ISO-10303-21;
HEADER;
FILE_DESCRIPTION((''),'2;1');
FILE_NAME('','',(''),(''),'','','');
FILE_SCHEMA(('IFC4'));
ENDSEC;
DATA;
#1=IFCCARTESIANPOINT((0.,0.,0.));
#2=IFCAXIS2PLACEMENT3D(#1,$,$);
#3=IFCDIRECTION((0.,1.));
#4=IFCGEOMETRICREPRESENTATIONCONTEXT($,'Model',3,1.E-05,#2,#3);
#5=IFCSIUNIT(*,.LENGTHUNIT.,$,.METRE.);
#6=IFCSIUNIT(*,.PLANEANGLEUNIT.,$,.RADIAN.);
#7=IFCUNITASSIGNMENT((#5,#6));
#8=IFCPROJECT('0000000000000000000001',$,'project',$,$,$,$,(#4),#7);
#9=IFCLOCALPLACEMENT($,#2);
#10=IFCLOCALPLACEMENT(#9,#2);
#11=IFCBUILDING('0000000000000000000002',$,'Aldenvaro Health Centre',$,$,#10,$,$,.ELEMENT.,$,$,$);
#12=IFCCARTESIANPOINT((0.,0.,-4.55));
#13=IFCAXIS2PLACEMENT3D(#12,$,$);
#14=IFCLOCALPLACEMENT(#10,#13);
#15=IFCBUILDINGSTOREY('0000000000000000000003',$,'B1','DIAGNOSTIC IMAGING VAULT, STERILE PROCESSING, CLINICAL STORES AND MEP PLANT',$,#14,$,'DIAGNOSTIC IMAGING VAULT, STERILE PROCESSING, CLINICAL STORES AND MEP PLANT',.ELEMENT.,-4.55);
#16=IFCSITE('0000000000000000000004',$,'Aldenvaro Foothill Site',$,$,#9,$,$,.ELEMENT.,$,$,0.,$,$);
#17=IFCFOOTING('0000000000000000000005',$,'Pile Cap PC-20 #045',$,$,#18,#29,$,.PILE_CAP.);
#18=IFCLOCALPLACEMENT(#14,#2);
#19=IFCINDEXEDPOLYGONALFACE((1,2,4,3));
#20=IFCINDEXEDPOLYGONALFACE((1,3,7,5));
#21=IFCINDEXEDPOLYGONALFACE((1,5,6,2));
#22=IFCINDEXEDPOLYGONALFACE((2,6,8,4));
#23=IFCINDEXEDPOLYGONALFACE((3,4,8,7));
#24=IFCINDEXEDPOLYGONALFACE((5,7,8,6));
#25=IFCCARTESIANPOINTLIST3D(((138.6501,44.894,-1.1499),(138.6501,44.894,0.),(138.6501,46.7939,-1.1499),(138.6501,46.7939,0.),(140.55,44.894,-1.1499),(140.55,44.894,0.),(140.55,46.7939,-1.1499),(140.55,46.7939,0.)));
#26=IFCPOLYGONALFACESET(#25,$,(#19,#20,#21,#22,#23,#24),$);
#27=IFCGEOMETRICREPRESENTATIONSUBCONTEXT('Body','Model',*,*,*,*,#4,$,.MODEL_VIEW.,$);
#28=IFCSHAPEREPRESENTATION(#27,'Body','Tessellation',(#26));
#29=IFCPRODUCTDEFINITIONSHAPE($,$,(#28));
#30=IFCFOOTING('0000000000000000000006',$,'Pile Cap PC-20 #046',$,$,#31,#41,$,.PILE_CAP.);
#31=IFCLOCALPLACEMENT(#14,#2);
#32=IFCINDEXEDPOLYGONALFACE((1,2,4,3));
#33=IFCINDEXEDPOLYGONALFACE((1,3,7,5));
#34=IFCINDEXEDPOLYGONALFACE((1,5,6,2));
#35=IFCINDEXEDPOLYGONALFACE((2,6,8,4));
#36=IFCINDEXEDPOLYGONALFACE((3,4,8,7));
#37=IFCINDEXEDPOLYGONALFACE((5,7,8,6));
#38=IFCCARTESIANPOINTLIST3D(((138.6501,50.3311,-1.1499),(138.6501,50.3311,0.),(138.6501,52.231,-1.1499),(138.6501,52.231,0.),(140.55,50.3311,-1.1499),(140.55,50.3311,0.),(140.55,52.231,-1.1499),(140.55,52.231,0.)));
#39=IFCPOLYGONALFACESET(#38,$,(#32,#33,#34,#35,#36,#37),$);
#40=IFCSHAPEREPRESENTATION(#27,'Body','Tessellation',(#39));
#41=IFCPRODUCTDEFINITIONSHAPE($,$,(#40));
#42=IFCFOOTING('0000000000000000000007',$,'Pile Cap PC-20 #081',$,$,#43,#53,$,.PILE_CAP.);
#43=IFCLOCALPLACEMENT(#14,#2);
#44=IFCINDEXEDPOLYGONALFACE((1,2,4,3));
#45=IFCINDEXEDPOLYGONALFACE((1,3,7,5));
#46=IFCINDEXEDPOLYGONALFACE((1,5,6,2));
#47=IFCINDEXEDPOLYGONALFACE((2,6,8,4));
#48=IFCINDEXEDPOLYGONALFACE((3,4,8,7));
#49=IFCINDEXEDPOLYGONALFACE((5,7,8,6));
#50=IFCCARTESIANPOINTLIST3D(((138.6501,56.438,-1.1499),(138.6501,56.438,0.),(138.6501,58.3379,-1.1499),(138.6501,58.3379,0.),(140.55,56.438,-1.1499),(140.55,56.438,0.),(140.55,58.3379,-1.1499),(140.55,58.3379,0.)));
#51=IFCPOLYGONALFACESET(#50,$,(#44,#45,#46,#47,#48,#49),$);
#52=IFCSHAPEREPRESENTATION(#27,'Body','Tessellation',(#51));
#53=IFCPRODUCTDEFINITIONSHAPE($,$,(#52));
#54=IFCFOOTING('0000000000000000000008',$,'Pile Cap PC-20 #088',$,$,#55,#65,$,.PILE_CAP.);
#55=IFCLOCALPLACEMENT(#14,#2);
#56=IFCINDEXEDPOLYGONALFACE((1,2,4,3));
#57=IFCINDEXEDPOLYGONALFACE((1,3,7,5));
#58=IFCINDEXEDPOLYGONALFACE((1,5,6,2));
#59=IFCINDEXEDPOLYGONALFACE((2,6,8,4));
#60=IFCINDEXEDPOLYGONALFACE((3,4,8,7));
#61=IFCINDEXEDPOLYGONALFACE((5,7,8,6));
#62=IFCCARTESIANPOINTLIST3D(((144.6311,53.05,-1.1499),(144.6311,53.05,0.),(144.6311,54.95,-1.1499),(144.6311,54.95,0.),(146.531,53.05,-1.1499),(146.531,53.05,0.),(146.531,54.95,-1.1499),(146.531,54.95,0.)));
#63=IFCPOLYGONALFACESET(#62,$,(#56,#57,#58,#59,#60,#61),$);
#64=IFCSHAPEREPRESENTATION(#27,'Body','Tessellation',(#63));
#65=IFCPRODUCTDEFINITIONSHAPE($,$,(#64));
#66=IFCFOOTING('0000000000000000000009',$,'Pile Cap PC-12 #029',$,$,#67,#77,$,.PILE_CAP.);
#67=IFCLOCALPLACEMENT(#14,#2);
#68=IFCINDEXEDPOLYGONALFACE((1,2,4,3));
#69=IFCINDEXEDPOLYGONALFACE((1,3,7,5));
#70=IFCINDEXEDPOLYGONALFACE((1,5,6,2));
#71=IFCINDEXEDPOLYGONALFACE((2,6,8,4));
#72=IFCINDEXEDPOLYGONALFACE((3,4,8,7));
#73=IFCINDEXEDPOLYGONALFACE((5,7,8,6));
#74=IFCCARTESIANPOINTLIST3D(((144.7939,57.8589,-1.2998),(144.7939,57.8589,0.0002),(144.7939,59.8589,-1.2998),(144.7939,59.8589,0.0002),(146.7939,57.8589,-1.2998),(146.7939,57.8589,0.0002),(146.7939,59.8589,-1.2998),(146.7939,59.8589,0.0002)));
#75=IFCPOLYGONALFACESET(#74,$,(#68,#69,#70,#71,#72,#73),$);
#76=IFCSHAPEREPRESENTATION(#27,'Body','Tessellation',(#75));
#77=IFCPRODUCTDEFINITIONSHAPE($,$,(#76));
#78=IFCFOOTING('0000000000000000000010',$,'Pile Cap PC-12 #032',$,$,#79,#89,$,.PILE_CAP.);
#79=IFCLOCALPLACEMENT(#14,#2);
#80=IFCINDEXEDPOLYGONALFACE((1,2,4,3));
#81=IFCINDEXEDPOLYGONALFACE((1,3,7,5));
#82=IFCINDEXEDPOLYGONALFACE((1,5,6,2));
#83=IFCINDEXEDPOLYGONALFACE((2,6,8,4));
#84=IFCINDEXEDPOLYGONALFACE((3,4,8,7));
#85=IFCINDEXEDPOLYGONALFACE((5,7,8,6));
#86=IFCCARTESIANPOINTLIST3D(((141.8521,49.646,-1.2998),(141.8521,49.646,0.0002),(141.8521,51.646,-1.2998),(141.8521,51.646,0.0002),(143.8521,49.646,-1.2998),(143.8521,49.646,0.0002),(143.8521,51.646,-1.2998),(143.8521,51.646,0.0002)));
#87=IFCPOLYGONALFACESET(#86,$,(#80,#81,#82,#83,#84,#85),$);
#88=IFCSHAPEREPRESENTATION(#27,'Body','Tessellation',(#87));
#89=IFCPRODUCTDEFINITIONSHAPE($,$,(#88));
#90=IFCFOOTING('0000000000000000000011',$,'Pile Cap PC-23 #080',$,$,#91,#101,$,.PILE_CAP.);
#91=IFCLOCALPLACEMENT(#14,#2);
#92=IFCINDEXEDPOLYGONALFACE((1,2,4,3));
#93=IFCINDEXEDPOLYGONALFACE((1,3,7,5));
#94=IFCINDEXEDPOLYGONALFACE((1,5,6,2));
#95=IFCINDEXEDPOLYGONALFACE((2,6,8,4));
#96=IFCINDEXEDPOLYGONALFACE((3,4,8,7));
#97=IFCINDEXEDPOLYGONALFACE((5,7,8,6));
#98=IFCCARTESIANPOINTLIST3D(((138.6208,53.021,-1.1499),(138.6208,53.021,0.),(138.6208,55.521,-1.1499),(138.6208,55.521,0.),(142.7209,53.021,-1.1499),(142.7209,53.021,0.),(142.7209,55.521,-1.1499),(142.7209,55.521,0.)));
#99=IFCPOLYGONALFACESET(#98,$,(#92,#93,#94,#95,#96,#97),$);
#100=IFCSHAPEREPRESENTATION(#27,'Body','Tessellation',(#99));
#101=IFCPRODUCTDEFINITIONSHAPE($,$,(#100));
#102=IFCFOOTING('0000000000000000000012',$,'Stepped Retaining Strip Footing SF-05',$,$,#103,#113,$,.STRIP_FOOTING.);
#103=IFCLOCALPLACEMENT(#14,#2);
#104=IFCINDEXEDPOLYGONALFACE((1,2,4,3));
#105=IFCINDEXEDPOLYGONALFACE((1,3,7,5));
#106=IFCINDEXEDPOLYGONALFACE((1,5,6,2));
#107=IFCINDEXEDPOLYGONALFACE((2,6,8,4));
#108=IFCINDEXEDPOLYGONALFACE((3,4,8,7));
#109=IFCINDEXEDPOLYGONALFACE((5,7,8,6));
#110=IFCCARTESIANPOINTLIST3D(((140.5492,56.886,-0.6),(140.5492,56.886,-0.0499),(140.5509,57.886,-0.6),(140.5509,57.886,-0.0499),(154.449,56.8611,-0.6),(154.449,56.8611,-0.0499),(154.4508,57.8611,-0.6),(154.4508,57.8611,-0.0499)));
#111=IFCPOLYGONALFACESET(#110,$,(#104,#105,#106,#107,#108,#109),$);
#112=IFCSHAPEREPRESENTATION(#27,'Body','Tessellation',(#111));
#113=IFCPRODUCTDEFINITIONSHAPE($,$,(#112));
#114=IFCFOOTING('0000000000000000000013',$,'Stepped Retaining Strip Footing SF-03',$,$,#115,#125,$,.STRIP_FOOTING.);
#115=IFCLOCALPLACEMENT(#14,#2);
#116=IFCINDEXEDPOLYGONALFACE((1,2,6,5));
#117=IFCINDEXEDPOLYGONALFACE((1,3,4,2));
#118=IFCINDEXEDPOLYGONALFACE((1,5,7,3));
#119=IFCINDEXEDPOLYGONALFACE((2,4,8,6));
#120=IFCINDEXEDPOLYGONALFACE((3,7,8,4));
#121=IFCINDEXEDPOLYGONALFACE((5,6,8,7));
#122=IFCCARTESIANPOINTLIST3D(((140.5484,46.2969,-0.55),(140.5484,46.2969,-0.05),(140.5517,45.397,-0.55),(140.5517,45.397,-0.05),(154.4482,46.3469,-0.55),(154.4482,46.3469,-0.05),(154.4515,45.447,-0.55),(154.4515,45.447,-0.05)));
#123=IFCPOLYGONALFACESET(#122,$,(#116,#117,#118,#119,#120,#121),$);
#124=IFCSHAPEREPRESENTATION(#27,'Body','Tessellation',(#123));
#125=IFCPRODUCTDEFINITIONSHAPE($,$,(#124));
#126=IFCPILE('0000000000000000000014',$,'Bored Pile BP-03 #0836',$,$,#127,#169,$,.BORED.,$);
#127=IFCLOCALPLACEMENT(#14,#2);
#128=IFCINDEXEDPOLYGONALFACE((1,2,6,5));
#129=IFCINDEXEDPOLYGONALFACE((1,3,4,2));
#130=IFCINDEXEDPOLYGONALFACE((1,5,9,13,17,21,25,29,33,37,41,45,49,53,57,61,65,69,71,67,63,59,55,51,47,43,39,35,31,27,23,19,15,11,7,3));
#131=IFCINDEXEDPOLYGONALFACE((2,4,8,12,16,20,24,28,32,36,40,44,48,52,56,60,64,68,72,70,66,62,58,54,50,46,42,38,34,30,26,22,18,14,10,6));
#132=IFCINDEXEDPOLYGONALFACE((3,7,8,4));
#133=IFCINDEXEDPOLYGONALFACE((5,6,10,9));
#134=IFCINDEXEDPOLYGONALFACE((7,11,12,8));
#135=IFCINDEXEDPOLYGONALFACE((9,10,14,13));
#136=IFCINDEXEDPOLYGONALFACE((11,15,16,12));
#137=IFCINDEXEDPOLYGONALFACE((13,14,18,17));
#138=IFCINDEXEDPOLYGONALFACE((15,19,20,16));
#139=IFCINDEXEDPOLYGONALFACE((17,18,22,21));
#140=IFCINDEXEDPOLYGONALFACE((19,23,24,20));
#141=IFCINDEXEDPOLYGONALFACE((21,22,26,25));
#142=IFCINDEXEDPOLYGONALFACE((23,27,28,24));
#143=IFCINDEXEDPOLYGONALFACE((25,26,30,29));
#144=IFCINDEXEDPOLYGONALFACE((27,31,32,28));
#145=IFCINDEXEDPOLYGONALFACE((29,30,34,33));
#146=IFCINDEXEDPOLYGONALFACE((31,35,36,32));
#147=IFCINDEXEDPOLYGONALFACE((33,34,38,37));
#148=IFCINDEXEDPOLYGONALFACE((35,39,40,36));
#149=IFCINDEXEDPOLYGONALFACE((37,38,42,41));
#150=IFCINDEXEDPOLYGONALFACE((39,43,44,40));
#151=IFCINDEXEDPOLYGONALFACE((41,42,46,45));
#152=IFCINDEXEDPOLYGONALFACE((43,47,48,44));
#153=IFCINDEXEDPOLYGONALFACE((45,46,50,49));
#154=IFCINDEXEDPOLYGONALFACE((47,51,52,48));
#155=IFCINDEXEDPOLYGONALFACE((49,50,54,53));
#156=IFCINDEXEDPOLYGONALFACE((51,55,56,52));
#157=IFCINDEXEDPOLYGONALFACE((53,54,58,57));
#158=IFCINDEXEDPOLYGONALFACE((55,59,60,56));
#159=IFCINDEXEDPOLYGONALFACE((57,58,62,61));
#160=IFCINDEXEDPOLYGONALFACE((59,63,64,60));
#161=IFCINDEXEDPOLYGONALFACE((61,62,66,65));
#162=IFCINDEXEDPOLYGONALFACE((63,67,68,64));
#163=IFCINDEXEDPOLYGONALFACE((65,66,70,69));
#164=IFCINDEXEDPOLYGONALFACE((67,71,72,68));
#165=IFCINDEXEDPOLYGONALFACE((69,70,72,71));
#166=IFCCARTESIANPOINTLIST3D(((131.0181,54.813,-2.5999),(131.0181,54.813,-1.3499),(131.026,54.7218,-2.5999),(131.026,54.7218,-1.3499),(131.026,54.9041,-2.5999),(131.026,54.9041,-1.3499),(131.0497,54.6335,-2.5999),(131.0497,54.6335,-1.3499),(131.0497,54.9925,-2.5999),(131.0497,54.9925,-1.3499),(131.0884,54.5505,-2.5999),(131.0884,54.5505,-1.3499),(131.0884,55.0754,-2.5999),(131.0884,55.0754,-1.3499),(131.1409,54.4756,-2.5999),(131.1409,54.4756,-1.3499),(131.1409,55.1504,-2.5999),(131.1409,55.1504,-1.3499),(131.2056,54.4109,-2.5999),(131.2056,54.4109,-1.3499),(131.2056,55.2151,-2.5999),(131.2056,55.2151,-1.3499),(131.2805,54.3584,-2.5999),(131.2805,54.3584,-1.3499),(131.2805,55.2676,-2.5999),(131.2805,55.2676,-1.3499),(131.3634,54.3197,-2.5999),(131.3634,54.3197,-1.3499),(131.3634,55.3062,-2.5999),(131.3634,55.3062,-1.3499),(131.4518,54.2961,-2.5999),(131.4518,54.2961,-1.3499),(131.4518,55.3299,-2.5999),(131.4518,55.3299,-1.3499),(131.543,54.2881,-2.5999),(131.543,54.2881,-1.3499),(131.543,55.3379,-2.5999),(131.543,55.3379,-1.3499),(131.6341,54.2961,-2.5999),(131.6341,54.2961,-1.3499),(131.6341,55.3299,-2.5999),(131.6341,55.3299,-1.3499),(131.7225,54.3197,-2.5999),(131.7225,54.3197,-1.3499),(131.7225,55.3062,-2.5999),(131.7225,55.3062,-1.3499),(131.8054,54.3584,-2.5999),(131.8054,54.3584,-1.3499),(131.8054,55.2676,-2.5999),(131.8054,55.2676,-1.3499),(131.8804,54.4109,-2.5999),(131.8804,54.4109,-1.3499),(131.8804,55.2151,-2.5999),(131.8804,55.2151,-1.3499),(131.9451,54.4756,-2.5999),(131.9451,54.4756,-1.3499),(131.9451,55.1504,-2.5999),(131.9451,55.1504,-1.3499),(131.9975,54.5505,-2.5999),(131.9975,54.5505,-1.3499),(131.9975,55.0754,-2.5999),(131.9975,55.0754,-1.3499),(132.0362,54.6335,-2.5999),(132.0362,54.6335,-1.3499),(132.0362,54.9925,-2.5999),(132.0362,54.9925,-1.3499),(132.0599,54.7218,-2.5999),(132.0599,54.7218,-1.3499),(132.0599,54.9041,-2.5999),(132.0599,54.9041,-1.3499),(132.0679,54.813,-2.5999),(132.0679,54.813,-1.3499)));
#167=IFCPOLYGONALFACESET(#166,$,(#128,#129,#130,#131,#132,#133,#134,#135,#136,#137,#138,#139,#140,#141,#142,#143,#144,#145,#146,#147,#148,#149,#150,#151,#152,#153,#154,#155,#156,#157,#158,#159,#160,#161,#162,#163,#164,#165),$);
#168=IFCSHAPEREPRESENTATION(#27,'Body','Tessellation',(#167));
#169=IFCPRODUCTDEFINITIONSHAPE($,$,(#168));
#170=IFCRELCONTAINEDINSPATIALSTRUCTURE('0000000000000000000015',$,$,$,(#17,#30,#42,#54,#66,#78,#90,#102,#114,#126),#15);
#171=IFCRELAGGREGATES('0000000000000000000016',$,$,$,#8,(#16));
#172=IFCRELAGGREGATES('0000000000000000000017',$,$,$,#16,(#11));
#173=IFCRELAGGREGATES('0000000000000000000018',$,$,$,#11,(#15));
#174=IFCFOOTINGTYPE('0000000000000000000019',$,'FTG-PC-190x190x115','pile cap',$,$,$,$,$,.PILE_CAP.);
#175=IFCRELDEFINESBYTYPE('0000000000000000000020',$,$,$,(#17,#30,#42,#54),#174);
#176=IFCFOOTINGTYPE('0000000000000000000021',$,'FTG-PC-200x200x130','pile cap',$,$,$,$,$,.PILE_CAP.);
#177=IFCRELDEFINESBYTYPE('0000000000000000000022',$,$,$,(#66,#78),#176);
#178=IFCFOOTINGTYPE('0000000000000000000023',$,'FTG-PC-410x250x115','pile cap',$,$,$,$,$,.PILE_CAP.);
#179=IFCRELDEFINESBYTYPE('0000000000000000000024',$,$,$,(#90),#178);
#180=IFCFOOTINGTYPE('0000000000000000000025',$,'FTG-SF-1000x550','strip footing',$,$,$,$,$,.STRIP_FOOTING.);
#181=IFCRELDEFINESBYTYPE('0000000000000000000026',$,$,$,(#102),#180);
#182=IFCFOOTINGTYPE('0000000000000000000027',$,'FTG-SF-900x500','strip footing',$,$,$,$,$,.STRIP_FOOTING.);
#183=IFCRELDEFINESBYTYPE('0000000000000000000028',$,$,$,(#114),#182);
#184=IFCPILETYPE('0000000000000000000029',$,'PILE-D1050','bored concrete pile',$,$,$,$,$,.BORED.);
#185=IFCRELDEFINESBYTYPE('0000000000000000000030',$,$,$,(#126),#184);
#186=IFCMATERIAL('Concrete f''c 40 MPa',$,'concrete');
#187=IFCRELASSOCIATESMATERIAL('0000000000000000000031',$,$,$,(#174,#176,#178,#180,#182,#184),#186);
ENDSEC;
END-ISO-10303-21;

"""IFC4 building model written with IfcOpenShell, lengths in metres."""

from ifc_helpers import new_model, si_unit, direction, frame, origin, origin_2d, place, context, subcontext, project, spatial, rectangle, circle, extrude, material, material_profile, profile_set, type_object, element, save


model = new_model("IFC4")

# Units and contexts
model_context = context("Model", 3, precision=1e-05, world=origin(), true_north=direction((0.0, 1.0)))
body_context = subcontext(model_context, "Body", "Model", "MODEL_VIEW")
ifc_project = project(units=[si_unit("LENGTHUNIT", "METRE"), si_unit("PLANEANGLEUNIT", "RADIAN")], contexts=[model_context])

# Site, building, storey
site_placement = place(None, origin())
site = spatial("IfcSite", under=ifc_project, at=site_placement, Name="Aldenvaro Foothill Site", CompositionType="ELEMENT", RefElevation=0.0)
building_placement = place(site_placement, origin())
building = spatial("IfcBuilding", under=site, at=building_placement, Name="Aldenvaro Health Centre", CompositionType="ELEMENT")
storey_placement = place(building_placement, frame((0.0, 0.0, -4.55)))
storey = spatial("IfcBuildingStorey", under=building, at=storey_placement, Name="B1", Description="DIAGNOSTIC IMAGING VAULT, STERILE PROCESSING, CLINICAL STORES AND MEP PLANT", LongName="DIAGNOSTIC IMAGING VAULT, STERILE PROCESSING, CLINICAL STORES AND MEP PLANT", CompositionType="ELEMENT", Elevation=-4.55)

# Footings
ifc_material_1 = material(Name="Concrete f'c 40 MPa", Category="concrete")
footing_type_1 = type_object("IfcFootingType", Name="FTG-PC-190x190x115", Description="pile cap", PredefinedType="PILE_CAP", material=ifc_material_1)
for number, where, z_axis, x_axis, name in (
    (1, (139.6001, 45.844, -1.1499), (0.0, 0.0, 1.0), (1.0, 0.0, 0.0), "Pile Cap PC-20 #045"),
    (2, (139.6001, 51.281, -1.1499), (0.0, 0.0, 1.0), (1.0, 0.0, 0.0), "Pile Cap PC-20 #046"),
    (3, (139.6001, 57.3879, -1.1499), (0.0, 0.0, 1.0), (1.0, 0.0, 0.0), "Pile Cap PC-20 #081"),
    (4, (145.5811, 54.0, -1.1499), (0.0, 0.0, 1.0), (1.0, 0.0, 0.0), "Pile Cap PC-20 #088"),
):
    element("IfcFooting", number, at=place(storey_placement, frame(where, z_axis=z_axis, x_axis=x_axis)), inside=storey, type_object=footing_type_1, Name=name, PredefinedType="PILE_CAP", context=body_context, shape_type="SweptSolid", body=[
        extrude(rectangle(XDim=1.8999, YDim=1.8999, at=origin_2d()), origin(), (0.0, 0.0, 1.0), 1.1499),
    ])
footing_type_2 = type_object("IfcFootingType", Name="FTG-PC-200x200x130", Description="pile cap", PredefinedType="PILE_CAP", material=ifc_material_1)
for number, where, z_axis, x_axis, name in (
    (5, (145.7939, 58.8589, -1.2998), (0.0, 0.0, 1.0), (1.0, 0.0, 0.0), "Pile Cap PC-12 #029"),
    (6, (142.8521, 50.646, -1.2998), (0.0, 0.0, 1.0), (1.0, 0.0, 0.0), "Pile Cap PC-12 #032"),
):
    element("IfcFooting", number, at=place(storey_placement, frame(where, z_axis=z_axis, x_axis=x_axis)), inside=storey, type_object=footing_type_2, Name=name, PredefinedType="PILE_CAP", context=body_context, shape_type="SweptSolid", body=[
        extrude(rectangle(XDim=2.0, YDim=2.0, at=origin_2d()), origin(), (0.0, 0.0, 1.0), 1.3),
    ])
footing_type_3 = type_object("IfcFootingType", Name="FTG-PC-410x250x115", Description="pile cap", PredefinedType="PILE_CAP", material=ifc_material_1)
footing_1_placement = place(storey_placement, frame((140.6709, 54.271, -1.1499), z_axis=(0.0, 0.0, 1.0), x_axis=(1.0, 0.0, 0.0)))
element("IfcFooting", 7, at=footing_1_placement, inside=storey, type_object=footing_type_3, Name="Pile Cap PC-23 #080", PredefinedType="PILE_CAP", context=body_context, shape_type="SweptSolid", body=[
    extrude(rectangle(XDim=4.1001, YDim=2.5, at=origin_2d()), origin(), (0.0, 0.0, 1.0), 1.1499),
])
ifc_material_profile_1 = material_profile(ifc_material_1, rectangle(XDim=1.0, YDim=0.55, at=origin_2d()), Name="SF 1000x550", Category="concrete")
ifc_profile_set_1 = profile_set([ifc_material_profile_1], Name="Concrete f'c 40 MPa")
footing_type_4 = type_object("IfcFootingType", Name="FTG-SF-1000x550", Description="strip footing", PredefinedType="STRIP_FOOTING", material=ifc_profile_set_1)
footing_2_placement = place(storey_placement, frame((140.55, 57.386, -0.325), z_axis=(0.999998, -0.001792, 0.0), x_axis=(0.001792, 0.999998, 0.0)))
element("IfcFooting", 8, at=footing_2_placement, inside=storey, type_object=footing_type_4, Name="Stepped Retaining Strip Footing SF-05", PredefinedType="STRIP_FOOTING", context=body_context, shape_type="SweptSolid", body=[
    extrude(rectangle(XDim=1.0, YDim=0.55, at=origin_2d()), origin(), (0.0, 0.0, 1.0), 13.8999),
])
ifc_material_profile_2 = material_profile(ifc_material_1, rectangle(XDim=0.8999, YDim=0.5, at=origin_2d()), Name="SF 900x500", Category="concrete")
ifc_profile_set_2 = profile_set([ifc_material_profile_2], Name="Concrete f'c 40 MPa")
footing_type_5 = type_object("IfcFootingType", Name="FTG-SF-900x500", Description="strip footing", PredefinedType="STRIP_FOOTING", material=ifc_profile_set_2)
footing_3_placement = place(storey_placement, frame((140.55, 45.8469, -0.3), z_axis=(0.999994, 0.003601, 0.0), x_axis=(-0.003601, 0.999994, 0.0)))
element("IfcFooting", 9, at=footing_3_placement, inside=storey, type_object=footing_type_5, Name="Stepped Retaining Strip Footing SF-03", PredefinedType="STRIP_FOOTING", context=body_context, shape_type="SweptSolid", body=[
    extrude(rectangle(XDim=0.8999, YDim=0.5, at=origin_2d()), origin(), (0.0, 0.0, 1.0), 13.8999),
])

# Pile
ifc_material_profile_3 = material_profile(ifc_material_1, circle(Radius=0.5249, at=origin_2d()), Name="PILE D1050", Category="concrete")
ifc_profile_set_3 = profile_set([ifc_material_profile_3], Name="Concrete f'c 40 MPa")
pile_type_1 = type_object("IfcPileType", Name="PILE-D1050", Description="bored concrete pile", PredefinedType="BORED", material=ifc_profile_set_3)
pile_placement = place(storey_placement, frame((131.543, 54.813, -1.3499), z_axis=(0.0, 0.0, -1.0), x_axis=(1.0, 0.0, 0.0)))
element("IfcPile", 10, at=pile_placement, inside=storey, type_object=pile_type_1, Name="Bored Pile BP-03 #0836", PredefinedType="BORED", context=body_context, shape_type="SweptSolid", body=[
    extrude(circle(Radius=0.5249, at=origin_2d()), origin(), (0.0, 0.0, 1.0), 1.25),
])

save(model, "model.ifc")
